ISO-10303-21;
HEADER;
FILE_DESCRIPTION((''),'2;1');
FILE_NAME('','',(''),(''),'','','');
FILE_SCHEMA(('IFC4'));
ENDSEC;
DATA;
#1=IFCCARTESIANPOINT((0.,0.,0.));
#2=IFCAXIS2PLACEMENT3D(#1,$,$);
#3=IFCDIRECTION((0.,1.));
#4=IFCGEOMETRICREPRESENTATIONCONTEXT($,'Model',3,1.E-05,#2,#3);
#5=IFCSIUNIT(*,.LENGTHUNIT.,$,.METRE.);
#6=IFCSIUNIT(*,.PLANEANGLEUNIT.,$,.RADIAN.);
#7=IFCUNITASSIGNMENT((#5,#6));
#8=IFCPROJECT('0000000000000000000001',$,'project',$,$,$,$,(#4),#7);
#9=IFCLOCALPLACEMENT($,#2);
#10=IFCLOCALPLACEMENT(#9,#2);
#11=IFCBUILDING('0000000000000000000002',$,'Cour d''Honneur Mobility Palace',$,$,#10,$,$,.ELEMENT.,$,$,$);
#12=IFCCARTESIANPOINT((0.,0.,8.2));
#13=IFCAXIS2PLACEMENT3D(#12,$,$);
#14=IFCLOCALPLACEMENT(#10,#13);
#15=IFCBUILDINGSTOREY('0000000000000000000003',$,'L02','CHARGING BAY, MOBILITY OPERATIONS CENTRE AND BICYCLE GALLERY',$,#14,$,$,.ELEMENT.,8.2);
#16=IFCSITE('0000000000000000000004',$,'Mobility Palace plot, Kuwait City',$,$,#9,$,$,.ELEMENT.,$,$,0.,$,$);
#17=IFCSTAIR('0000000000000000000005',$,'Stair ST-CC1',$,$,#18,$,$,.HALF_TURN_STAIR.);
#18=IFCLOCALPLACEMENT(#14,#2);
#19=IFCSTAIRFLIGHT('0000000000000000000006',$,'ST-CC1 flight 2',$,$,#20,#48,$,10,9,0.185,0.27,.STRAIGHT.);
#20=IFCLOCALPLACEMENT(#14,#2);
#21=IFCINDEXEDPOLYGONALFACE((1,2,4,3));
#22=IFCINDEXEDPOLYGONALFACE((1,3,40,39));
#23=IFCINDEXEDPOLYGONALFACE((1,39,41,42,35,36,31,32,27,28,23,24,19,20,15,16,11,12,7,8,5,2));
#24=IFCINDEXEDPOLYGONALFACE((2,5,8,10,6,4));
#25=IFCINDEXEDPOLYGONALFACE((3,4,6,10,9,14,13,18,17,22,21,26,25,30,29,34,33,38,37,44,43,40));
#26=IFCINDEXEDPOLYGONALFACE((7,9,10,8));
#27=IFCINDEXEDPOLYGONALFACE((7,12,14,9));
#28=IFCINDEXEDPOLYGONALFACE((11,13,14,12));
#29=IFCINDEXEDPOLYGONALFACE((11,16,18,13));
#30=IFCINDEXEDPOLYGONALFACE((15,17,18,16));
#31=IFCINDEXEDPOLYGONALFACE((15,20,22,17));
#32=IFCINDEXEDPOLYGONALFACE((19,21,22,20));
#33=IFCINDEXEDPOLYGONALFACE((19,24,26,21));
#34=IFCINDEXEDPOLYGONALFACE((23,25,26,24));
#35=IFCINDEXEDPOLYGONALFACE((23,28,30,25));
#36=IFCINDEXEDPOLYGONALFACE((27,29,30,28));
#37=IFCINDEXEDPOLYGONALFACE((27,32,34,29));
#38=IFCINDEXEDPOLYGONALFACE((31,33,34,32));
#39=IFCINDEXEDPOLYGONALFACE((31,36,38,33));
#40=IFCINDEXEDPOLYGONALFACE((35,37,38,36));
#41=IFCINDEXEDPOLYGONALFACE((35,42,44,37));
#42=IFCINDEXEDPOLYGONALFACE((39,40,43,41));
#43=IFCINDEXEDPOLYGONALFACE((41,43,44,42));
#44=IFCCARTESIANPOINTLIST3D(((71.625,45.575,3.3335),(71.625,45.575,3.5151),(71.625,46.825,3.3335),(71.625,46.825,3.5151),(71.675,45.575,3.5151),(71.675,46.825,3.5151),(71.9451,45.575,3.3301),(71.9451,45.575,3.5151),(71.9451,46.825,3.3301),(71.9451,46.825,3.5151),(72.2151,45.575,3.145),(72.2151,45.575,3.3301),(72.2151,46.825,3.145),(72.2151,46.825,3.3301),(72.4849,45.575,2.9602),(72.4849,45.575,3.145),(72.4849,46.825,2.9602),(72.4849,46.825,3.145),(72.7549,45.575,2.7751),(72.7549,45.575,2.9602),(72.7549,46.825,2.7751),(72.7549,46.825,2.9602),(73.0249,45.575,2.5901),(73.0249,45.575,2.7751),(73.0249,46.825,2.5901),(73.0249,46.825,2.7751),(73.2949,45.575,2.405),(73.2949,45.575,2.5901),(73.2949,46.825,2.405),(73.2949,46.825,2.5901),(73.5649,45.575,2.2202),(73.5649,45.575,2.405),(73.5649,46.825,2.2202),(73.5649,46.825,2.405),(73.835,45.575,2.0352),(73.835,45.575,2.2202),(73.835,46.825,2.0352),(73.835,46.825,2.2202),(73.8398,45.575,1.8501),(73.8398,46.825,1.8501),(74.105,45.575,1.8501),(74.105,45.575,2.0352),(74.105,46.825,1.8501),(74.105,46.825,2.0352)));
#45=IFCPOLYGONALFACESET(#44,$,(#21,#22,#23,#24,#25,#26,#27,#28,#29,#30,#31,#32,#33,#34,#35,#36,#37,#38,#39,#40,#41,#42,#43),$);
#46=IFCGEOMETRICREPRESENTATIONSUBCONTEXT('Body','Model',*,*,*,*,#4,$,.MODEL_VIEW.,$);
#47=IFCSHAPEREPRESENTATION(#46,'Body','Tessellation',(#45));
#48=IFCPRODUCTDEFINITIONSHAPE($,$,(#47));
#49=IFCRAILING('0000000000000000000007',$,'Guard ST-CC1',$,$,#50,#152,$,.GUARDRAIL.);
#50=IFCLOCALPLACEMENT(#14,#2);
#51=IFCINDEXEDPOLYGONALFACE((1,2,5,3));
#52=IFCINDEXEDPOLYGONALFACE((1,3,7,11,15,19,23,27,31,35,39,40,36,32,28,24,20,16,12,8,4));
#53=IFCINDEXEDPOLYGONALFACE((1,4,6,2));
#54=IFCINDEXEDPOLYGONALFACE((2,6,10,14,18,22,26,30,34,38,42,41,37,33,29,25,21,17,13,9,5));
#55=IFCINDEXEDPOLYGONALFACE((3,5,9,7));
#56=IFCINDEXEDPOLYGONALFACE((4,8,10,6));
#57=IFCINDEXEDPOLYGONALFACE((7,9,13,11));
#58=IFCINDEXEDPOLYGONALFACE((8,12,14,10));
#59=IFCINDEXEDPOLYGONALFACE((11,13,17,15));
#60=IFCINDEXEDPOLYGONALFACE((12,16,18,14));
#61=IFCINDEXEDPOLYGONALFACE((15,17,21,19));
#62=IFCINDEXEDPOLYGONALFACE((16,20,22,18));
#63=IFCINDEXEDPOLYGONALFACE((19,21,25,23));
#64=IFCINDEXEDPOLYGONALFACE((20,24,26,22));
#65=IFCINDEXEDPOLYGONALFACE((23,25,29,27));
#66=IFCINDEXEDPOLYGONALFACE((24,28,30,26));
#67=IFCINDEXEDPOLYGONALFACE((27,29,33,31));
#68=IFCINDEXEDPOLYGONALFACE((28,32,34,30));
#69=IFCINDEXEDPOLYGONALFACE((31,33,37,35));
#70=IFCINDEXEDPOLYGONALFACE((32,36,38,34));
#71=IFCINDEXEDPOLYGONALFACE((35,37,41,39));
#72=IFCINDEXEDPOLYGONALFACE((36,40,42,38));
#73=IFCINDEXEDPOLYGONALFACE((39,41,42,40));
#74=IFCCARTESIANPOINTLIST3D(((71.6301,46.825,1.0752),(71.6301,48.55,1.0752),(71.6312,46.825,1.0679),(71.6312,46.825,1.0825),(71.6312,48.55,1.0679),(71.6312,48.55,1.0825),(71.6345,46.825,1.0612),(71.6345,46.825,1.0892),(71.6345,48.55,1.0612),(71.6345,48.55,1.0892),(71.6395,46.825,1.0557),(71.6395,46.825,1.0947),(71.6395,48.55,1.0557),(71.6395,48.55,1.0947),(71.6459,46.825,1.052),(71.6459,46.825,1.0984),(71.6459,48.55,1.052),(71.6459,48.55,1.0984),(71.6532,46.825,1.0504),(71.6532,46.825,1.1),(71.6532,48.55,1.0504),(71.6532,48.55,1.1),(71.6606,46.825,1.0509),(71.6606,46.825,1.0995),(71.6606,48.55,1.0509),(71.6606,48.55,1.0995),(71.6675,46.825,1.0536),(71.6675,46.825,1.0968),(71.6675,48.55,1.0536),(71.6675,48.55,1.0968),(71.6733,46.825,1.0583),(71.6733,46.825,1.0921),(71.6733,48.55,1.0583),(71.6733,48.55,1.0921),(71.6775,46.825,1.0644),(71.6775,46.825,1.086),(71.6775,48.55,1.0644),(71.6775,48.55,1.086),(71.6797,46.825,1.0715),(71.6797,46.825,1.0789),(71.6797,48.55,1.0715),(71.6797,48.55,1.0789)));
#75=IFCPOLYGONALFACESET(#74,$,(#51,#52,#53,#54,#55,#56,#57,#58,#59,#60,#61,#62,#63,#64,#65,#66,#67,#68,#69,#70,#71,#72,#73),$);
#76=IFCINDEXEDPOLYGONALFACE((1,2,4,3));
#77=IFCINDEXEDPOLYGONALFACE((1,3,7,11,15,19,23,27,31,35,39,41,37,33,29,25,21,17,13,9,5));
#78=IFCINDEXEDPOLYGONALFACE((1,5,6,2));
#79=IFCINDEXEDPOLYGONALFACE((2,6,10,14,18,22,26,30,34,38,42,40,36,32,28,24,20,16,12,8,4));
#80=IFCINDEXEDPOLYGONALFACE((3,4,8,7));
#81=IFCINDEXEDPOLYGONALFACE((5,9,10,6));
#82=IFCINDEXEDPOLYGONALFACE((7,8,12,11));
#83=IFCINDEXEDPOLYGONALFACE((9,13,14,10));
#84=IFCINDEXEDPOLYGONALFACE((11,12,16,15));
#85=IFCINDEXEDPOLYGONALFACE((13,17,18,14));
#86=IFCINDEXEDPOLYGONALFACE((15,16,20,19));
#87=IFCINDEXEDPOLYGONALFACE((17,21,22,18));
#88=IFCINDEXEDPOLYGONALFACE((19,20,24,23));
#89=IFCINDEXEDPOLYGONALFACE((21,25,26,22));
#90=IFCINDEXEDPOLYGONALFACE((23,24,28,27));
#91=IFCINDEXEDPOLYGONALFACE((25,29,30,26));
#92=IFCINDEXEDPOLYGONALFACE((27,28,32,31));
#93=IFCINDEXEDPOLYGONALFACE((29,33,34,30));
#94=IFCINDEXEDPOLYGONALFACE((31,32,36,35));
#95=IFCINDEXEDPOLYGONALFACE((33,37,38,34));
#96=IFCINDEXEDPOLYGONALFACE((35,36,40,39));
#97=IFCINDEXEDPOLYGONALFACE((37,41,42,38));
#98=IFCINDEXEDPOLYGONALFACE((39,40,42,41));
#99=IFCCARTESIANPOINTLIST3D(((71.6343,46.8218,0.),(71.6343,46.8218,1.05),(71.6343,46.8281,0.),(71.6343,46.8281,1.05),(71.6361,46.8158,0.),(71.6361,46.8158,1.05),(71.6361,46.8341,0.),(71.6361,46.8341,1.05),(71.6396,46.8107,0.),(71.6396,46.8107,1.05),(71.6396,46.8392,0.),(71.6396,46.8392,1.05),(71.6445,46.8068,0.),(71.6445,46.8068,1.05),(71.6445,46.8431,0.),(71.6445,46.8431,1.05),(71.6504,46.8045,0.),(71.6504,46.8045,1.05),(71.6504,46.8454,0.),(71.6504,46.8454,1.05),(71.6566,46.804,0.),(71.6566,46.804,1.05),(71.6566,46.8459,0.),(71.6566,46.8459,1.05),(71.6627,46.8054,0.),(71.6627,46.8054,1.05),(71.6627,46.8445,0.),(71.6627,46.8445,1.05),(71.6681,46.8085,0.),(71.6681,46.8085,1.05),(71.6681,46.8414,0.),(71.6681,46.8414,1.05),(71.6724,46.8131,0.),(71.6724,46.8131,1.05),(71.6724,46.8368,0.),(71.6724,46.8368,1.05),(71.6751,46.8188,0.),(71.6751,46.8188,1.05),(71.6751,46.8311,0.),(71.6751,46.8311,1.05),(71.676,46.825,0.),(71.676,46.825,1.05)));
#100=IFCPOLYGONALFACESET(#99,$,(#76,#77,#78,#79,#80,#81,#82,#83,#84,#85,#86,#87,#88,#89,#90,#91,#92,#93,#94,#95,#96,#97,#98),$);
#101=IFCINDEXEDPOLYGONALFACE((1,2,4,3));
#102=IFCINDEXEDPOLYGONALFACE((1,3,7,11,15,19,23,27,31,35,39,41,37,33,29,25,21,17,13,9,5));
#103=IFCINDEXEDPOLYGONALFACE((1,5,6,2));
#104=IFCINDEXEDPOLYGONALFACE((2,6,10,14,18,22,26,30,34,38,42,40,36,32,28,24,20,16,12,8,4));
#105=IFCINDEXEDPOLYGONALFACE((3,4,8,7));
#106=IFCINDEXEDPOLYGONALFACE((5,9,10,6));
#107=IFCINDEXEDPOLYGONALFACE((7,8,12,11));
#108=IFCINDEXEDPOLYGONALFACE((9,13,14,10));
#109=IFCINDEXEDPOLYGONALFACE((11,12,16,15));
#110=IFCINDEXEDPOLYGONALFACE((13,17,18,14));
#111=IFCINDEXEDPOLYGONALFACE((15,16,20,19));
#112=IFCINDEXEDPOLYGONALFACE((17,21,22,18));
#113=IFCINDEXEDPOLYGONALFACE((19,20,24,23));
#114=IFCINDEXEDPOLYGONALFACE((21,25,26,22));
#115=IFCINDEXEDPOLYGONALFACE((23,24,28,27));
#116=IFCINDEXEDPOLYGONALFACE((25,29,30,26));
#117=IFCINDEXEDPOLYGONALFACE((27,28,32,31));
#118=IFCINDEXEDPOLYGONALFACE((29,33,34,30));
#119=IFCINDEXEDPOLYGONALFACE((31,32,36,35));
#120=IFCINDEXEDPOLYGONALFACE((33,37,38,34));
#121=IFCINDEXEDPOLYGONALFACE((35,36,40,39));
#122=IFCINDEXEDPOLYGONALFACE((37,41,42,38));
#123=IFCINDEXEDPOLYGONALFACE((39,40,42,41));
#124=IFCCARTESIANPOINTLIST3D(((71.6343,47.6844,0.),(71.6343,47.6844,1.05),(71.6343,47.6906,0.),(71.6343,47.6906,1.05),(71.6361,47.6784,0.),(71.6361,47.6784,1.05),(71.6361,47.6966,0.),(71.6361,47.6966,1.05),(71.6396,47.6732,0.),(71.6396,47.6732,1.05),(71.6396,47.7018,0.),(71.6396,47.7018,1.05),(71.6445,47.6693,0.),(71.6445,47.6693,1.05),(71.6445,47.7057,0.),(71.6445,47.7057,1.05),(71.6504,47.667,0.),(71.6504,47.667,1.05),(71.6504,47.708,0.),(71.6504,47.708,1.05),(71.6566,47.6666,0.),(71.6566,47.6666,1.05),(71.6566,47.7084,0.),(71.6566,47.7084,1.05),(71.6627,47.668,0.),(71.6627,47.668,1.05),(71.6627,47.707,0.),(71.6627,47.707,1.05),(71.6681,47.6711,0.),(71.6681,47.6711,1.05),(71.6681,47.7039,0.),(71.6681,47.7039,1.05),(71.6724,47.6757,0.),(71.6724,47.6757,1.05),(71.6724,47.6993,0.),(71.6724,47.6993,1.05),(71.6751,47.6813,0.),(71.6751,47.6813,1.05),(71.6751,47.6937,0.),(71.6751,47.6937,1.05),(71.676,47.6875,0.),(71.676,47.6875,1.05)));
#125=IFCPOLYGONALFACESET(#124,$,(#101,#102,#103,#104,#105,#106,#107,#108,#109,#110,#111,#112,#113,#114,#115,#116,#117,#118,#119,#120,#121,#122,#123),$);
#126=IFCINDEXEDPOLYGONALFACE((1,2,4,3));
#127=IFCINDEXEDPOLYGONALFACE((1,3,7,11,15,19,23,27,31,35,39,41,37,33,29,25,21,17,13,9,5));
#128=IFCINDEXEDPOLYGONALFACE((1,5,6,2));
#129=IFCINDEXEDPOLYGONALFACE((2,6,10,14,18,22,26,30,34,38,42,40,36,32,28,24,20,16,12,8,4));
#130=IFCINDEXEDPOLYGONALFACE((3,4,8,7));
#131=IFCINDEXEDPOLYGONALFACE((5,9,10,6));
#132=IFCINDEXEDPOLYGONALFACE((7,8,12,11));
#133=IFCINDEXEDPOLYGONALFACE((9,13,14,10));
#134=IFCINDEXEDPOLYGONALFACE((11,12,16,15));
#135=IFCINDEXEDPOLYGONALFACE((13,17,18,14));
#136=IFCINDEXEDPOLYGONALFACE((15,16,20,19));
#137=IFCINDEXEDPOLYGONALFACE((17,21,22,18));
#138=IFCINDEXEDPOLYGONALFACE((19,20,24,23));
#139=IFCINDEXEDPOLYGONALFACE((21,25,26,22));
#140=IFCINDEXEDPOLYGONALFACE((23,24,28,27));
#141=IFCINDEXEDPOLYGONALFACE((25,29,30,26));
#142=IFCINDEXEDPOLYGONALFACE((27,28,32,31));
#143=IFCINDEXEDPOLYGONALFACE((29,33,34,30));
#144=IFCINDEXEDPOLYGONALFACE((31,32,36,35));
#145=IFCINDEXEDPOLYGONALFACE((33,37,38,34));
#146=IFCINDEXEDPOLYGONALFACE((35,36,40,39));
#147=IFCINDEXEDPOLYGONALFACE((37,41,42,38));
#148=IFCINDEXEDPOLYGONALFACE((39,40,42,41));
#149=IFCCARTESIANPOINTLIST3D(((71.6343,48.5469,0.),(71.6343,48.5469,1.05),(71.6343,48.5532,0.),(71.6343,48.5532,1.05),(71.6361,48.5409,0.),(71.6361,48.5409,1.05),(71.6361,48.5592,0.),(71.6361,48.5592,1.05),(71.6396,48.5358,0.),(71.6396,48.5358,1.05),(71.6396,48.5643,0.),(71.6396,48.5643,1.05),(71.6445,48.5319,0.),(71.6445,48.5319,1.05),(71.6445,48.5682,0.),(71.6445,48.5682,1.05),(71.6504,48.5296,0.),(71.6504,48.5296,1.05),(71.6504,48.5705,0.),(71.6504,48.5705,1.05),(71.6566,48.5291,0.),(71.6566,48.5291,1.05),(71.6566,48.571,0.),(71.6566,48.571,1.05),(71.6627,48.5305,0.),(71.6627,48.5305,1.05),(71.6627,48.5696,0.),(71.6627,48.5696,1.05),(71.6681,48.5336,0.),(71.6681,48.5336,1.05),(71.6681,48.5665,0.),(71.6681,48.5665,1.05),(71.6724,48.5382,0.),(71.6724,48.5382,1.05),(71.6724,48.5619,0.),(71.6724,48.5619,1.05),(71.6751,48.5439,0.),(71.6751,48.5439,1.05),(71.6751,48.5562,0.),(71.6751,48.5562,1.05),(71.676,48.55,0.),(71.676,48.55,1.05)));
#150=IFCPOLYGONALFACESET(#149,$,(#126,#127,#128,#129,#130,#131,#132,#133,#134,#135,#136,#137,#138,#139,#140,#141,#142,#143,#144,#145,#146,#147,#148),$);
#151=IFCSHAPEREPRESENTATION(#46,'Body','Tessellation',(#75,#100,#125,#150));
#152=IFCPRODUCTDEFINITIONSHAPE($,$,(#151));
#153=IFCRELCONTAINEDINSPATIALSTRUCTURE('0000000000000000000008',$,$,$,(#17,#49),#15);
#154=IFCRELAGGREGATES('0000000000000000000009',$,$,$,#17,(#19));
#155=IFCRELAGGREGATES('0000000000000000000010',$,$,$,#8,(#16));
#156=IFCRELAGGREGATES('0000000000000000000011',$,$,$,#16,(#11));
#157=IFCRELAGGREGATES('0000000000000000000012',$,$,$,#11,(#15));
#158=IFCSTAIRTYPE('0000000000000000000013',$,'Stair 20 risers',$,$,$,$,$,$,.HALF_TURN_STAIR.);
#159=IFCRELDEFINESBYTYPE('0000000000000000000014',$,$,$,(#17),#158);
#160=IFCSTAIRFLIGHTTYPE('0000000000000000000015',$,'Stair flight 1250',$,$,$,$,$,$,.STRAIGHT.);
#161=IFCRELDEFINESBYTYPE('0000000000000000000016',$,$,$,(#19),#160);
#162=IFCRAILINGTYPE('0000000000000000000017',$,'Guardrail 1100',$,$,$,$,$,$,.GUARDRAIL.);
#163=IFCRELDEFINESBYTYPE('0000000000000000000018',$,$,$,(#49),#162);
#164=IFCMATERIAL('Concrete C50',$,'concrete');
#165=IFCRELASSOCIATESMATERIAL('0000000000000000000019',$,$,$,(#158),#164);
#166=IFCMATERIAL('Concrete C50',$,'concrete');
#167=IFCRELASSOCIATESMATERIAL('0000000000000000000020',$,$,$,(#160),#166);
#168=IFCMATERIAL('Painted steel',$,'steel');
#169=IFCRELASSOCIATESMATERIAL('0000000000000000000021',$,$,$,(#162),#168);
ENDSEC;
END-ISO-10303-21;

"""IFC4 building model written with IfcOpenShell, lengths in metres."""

from ifc_helpers import new_model, si_unit, direction, frame, origin, origin_2d, place, context, subcontext, project, spatial, polyline, circle, outline, extrude, material, type_object, element, aggregate, save


model = new_model("IFC4")

# Units and contexts
model_context = context("Model", 3, precision=1e-05, world=origin(), true_north=direction((0.0, 1.0)))
body_context = subcontext(model_context, "Body", "Model", "MODEL_VIEW")
ifc_project = project(units=[si_unit("LENGTHUNIT", "METRE"), si_unit("PLANEANGLEUNIT", "RADIAN")], contexts=[model_context])

# Site, building, storey
site_placement = place(None, origin())
site = spatial("IfcSite", under=ifc_project, at=site_placement, Name="Mobility Palace plot, Kuwait City", CompositionType="ELEMENT", RefElevation=0.0)
building_placement = place(site_placement, origin())
building = spatial("IfcBuilding", under=site, at=building_placement, Name="Cour d'Honneur Mobility Palace", CompositionType="ELEMENT")
storey_placement = place(building_placement, frame((0.0, 0.0, 8.2)))
storey = spatial("IfcBuildingStorey", under=building, at=storey_placement, Name="L02", Description="CHARGING BAY, MOBILITY OPERATIONS CENTRE AND BICYCLE GALLERY", CompositionType="ELEMENT", Elevation=8.2)

# Stair, stair flight
ifc_material_1 = material(Name="Concrete C50", Category="concrete")
stair_type = type_object("IfcStairType", Name="Stair 20 risers", PredefinedType="HALF_TURN_STAIR", material=ifc_material_1)
stair_placement = place(storey_placement, origin())
stair = element("IfcStair", 1, at=stair_placement, inside=storey, type_object=stair_type, Name="Stair ST-CC1", PredefinedType="HALF_TURN_STAIR")
ifc_material_2 = material(Name="Concrete C50", Category="concrete")
stair_flight_type = type_object("IfcStairFlightType", Name="Stair flight 1250", PredefinedType="STRAIGHT", material=ifc_material_2)
stair_flight_placement = place(storey_placement, frame((74.105, 46.2, 1.8501), z_axis=(0.0, 0.0, 1.0), x_axis=(-1.0, 0.0, 0.0)))
stair_flight = element("IfcStairFlight", 2, at=stair_flight_placement, type_object=stair_flight_type, Name="ST-CC1 flight 2", NumberOfRisers=10, NumberOfTreads=9, PredefinedType="STRAIGHT", RiserHeight=0.185, TreadLength=0.27, context=body_context, shape_type="SweptSolid", body=[
    extrude(outline(polyline([(0.0, 0.0), (0.0, 0.1851), (0.27, 0.1851), (0.27, 0.3701), (0.54, 0.3701), (0.54, 0.5549), (0.8101, 0.5549), (0.8101, 0.74), (1.0801, 0.74), (1.0801, 0.925), (1.3501, 0.925), (1.3501, 1.1101), (1.6201, 1.1101), (1.6201, 1.2949), (1.8899, 1.2949), (1.8899, 1.48), (2.1599, 1.48), (2.1599, 1.665), (2.4299, 1.665), (2.48, 1.665), (2.48, 1.4834), (0.2651, 0.0), (0.0, 0.0)])), frame((0.0, 0.625, 0.0), z_axis=(0.0, -1.0, 0.0), x_axis=(1.0, 0.0, 0.0)), (0.0, 0.0, 1.0), 1.25),
])
aggregate(stair, [stair_flight])

# Railing
ifc_material_3 = material(Name="Painted steel", Category="steel")
railing_type_1 = type_object("IfcRailingType", Name="Guardrail 1100", PredefinedType="GUARDRAIL", material=ifc_material_3)
railing_placement = place(storey_placement, frame((71.655, 46.825, 0.0)))
element("IfcRailing", 3, at=railing_placement, inside=storey, type_object=railing_type_1, Name="Guard ST-CC1", PredefinedType="GUARDRAIL", context=body_context, shape_type="SweptSolid", body=[
    extrude(circle(Radius=0.0249, at=origin_2d()), frame((0.0, 0.0, 1.0752), z_axis=(0.0, 1.0, 0.0), x_axis=(-1.0, 0.0, 0.0)), (0.0, 0.0, 1.0), 1.7251),
    extrude(circle(Radius=0.021, at=origin_2d()), origin(), (0.0, 0.0, 1.0), 1.05),
    extrude(circle(Radius=0.021, at=origin_2d()), frame((0.0, 0.8625, 0.0)), (0.0, 0.0, 1.0), 1.05),
    extrude(circle(Radius=0.021, at=origin_2d()), frame((0.0, 1.7251, 0.0)), (0.0, 0.0, 1.0), 1.05),
])

save(model, "model.ifc")
